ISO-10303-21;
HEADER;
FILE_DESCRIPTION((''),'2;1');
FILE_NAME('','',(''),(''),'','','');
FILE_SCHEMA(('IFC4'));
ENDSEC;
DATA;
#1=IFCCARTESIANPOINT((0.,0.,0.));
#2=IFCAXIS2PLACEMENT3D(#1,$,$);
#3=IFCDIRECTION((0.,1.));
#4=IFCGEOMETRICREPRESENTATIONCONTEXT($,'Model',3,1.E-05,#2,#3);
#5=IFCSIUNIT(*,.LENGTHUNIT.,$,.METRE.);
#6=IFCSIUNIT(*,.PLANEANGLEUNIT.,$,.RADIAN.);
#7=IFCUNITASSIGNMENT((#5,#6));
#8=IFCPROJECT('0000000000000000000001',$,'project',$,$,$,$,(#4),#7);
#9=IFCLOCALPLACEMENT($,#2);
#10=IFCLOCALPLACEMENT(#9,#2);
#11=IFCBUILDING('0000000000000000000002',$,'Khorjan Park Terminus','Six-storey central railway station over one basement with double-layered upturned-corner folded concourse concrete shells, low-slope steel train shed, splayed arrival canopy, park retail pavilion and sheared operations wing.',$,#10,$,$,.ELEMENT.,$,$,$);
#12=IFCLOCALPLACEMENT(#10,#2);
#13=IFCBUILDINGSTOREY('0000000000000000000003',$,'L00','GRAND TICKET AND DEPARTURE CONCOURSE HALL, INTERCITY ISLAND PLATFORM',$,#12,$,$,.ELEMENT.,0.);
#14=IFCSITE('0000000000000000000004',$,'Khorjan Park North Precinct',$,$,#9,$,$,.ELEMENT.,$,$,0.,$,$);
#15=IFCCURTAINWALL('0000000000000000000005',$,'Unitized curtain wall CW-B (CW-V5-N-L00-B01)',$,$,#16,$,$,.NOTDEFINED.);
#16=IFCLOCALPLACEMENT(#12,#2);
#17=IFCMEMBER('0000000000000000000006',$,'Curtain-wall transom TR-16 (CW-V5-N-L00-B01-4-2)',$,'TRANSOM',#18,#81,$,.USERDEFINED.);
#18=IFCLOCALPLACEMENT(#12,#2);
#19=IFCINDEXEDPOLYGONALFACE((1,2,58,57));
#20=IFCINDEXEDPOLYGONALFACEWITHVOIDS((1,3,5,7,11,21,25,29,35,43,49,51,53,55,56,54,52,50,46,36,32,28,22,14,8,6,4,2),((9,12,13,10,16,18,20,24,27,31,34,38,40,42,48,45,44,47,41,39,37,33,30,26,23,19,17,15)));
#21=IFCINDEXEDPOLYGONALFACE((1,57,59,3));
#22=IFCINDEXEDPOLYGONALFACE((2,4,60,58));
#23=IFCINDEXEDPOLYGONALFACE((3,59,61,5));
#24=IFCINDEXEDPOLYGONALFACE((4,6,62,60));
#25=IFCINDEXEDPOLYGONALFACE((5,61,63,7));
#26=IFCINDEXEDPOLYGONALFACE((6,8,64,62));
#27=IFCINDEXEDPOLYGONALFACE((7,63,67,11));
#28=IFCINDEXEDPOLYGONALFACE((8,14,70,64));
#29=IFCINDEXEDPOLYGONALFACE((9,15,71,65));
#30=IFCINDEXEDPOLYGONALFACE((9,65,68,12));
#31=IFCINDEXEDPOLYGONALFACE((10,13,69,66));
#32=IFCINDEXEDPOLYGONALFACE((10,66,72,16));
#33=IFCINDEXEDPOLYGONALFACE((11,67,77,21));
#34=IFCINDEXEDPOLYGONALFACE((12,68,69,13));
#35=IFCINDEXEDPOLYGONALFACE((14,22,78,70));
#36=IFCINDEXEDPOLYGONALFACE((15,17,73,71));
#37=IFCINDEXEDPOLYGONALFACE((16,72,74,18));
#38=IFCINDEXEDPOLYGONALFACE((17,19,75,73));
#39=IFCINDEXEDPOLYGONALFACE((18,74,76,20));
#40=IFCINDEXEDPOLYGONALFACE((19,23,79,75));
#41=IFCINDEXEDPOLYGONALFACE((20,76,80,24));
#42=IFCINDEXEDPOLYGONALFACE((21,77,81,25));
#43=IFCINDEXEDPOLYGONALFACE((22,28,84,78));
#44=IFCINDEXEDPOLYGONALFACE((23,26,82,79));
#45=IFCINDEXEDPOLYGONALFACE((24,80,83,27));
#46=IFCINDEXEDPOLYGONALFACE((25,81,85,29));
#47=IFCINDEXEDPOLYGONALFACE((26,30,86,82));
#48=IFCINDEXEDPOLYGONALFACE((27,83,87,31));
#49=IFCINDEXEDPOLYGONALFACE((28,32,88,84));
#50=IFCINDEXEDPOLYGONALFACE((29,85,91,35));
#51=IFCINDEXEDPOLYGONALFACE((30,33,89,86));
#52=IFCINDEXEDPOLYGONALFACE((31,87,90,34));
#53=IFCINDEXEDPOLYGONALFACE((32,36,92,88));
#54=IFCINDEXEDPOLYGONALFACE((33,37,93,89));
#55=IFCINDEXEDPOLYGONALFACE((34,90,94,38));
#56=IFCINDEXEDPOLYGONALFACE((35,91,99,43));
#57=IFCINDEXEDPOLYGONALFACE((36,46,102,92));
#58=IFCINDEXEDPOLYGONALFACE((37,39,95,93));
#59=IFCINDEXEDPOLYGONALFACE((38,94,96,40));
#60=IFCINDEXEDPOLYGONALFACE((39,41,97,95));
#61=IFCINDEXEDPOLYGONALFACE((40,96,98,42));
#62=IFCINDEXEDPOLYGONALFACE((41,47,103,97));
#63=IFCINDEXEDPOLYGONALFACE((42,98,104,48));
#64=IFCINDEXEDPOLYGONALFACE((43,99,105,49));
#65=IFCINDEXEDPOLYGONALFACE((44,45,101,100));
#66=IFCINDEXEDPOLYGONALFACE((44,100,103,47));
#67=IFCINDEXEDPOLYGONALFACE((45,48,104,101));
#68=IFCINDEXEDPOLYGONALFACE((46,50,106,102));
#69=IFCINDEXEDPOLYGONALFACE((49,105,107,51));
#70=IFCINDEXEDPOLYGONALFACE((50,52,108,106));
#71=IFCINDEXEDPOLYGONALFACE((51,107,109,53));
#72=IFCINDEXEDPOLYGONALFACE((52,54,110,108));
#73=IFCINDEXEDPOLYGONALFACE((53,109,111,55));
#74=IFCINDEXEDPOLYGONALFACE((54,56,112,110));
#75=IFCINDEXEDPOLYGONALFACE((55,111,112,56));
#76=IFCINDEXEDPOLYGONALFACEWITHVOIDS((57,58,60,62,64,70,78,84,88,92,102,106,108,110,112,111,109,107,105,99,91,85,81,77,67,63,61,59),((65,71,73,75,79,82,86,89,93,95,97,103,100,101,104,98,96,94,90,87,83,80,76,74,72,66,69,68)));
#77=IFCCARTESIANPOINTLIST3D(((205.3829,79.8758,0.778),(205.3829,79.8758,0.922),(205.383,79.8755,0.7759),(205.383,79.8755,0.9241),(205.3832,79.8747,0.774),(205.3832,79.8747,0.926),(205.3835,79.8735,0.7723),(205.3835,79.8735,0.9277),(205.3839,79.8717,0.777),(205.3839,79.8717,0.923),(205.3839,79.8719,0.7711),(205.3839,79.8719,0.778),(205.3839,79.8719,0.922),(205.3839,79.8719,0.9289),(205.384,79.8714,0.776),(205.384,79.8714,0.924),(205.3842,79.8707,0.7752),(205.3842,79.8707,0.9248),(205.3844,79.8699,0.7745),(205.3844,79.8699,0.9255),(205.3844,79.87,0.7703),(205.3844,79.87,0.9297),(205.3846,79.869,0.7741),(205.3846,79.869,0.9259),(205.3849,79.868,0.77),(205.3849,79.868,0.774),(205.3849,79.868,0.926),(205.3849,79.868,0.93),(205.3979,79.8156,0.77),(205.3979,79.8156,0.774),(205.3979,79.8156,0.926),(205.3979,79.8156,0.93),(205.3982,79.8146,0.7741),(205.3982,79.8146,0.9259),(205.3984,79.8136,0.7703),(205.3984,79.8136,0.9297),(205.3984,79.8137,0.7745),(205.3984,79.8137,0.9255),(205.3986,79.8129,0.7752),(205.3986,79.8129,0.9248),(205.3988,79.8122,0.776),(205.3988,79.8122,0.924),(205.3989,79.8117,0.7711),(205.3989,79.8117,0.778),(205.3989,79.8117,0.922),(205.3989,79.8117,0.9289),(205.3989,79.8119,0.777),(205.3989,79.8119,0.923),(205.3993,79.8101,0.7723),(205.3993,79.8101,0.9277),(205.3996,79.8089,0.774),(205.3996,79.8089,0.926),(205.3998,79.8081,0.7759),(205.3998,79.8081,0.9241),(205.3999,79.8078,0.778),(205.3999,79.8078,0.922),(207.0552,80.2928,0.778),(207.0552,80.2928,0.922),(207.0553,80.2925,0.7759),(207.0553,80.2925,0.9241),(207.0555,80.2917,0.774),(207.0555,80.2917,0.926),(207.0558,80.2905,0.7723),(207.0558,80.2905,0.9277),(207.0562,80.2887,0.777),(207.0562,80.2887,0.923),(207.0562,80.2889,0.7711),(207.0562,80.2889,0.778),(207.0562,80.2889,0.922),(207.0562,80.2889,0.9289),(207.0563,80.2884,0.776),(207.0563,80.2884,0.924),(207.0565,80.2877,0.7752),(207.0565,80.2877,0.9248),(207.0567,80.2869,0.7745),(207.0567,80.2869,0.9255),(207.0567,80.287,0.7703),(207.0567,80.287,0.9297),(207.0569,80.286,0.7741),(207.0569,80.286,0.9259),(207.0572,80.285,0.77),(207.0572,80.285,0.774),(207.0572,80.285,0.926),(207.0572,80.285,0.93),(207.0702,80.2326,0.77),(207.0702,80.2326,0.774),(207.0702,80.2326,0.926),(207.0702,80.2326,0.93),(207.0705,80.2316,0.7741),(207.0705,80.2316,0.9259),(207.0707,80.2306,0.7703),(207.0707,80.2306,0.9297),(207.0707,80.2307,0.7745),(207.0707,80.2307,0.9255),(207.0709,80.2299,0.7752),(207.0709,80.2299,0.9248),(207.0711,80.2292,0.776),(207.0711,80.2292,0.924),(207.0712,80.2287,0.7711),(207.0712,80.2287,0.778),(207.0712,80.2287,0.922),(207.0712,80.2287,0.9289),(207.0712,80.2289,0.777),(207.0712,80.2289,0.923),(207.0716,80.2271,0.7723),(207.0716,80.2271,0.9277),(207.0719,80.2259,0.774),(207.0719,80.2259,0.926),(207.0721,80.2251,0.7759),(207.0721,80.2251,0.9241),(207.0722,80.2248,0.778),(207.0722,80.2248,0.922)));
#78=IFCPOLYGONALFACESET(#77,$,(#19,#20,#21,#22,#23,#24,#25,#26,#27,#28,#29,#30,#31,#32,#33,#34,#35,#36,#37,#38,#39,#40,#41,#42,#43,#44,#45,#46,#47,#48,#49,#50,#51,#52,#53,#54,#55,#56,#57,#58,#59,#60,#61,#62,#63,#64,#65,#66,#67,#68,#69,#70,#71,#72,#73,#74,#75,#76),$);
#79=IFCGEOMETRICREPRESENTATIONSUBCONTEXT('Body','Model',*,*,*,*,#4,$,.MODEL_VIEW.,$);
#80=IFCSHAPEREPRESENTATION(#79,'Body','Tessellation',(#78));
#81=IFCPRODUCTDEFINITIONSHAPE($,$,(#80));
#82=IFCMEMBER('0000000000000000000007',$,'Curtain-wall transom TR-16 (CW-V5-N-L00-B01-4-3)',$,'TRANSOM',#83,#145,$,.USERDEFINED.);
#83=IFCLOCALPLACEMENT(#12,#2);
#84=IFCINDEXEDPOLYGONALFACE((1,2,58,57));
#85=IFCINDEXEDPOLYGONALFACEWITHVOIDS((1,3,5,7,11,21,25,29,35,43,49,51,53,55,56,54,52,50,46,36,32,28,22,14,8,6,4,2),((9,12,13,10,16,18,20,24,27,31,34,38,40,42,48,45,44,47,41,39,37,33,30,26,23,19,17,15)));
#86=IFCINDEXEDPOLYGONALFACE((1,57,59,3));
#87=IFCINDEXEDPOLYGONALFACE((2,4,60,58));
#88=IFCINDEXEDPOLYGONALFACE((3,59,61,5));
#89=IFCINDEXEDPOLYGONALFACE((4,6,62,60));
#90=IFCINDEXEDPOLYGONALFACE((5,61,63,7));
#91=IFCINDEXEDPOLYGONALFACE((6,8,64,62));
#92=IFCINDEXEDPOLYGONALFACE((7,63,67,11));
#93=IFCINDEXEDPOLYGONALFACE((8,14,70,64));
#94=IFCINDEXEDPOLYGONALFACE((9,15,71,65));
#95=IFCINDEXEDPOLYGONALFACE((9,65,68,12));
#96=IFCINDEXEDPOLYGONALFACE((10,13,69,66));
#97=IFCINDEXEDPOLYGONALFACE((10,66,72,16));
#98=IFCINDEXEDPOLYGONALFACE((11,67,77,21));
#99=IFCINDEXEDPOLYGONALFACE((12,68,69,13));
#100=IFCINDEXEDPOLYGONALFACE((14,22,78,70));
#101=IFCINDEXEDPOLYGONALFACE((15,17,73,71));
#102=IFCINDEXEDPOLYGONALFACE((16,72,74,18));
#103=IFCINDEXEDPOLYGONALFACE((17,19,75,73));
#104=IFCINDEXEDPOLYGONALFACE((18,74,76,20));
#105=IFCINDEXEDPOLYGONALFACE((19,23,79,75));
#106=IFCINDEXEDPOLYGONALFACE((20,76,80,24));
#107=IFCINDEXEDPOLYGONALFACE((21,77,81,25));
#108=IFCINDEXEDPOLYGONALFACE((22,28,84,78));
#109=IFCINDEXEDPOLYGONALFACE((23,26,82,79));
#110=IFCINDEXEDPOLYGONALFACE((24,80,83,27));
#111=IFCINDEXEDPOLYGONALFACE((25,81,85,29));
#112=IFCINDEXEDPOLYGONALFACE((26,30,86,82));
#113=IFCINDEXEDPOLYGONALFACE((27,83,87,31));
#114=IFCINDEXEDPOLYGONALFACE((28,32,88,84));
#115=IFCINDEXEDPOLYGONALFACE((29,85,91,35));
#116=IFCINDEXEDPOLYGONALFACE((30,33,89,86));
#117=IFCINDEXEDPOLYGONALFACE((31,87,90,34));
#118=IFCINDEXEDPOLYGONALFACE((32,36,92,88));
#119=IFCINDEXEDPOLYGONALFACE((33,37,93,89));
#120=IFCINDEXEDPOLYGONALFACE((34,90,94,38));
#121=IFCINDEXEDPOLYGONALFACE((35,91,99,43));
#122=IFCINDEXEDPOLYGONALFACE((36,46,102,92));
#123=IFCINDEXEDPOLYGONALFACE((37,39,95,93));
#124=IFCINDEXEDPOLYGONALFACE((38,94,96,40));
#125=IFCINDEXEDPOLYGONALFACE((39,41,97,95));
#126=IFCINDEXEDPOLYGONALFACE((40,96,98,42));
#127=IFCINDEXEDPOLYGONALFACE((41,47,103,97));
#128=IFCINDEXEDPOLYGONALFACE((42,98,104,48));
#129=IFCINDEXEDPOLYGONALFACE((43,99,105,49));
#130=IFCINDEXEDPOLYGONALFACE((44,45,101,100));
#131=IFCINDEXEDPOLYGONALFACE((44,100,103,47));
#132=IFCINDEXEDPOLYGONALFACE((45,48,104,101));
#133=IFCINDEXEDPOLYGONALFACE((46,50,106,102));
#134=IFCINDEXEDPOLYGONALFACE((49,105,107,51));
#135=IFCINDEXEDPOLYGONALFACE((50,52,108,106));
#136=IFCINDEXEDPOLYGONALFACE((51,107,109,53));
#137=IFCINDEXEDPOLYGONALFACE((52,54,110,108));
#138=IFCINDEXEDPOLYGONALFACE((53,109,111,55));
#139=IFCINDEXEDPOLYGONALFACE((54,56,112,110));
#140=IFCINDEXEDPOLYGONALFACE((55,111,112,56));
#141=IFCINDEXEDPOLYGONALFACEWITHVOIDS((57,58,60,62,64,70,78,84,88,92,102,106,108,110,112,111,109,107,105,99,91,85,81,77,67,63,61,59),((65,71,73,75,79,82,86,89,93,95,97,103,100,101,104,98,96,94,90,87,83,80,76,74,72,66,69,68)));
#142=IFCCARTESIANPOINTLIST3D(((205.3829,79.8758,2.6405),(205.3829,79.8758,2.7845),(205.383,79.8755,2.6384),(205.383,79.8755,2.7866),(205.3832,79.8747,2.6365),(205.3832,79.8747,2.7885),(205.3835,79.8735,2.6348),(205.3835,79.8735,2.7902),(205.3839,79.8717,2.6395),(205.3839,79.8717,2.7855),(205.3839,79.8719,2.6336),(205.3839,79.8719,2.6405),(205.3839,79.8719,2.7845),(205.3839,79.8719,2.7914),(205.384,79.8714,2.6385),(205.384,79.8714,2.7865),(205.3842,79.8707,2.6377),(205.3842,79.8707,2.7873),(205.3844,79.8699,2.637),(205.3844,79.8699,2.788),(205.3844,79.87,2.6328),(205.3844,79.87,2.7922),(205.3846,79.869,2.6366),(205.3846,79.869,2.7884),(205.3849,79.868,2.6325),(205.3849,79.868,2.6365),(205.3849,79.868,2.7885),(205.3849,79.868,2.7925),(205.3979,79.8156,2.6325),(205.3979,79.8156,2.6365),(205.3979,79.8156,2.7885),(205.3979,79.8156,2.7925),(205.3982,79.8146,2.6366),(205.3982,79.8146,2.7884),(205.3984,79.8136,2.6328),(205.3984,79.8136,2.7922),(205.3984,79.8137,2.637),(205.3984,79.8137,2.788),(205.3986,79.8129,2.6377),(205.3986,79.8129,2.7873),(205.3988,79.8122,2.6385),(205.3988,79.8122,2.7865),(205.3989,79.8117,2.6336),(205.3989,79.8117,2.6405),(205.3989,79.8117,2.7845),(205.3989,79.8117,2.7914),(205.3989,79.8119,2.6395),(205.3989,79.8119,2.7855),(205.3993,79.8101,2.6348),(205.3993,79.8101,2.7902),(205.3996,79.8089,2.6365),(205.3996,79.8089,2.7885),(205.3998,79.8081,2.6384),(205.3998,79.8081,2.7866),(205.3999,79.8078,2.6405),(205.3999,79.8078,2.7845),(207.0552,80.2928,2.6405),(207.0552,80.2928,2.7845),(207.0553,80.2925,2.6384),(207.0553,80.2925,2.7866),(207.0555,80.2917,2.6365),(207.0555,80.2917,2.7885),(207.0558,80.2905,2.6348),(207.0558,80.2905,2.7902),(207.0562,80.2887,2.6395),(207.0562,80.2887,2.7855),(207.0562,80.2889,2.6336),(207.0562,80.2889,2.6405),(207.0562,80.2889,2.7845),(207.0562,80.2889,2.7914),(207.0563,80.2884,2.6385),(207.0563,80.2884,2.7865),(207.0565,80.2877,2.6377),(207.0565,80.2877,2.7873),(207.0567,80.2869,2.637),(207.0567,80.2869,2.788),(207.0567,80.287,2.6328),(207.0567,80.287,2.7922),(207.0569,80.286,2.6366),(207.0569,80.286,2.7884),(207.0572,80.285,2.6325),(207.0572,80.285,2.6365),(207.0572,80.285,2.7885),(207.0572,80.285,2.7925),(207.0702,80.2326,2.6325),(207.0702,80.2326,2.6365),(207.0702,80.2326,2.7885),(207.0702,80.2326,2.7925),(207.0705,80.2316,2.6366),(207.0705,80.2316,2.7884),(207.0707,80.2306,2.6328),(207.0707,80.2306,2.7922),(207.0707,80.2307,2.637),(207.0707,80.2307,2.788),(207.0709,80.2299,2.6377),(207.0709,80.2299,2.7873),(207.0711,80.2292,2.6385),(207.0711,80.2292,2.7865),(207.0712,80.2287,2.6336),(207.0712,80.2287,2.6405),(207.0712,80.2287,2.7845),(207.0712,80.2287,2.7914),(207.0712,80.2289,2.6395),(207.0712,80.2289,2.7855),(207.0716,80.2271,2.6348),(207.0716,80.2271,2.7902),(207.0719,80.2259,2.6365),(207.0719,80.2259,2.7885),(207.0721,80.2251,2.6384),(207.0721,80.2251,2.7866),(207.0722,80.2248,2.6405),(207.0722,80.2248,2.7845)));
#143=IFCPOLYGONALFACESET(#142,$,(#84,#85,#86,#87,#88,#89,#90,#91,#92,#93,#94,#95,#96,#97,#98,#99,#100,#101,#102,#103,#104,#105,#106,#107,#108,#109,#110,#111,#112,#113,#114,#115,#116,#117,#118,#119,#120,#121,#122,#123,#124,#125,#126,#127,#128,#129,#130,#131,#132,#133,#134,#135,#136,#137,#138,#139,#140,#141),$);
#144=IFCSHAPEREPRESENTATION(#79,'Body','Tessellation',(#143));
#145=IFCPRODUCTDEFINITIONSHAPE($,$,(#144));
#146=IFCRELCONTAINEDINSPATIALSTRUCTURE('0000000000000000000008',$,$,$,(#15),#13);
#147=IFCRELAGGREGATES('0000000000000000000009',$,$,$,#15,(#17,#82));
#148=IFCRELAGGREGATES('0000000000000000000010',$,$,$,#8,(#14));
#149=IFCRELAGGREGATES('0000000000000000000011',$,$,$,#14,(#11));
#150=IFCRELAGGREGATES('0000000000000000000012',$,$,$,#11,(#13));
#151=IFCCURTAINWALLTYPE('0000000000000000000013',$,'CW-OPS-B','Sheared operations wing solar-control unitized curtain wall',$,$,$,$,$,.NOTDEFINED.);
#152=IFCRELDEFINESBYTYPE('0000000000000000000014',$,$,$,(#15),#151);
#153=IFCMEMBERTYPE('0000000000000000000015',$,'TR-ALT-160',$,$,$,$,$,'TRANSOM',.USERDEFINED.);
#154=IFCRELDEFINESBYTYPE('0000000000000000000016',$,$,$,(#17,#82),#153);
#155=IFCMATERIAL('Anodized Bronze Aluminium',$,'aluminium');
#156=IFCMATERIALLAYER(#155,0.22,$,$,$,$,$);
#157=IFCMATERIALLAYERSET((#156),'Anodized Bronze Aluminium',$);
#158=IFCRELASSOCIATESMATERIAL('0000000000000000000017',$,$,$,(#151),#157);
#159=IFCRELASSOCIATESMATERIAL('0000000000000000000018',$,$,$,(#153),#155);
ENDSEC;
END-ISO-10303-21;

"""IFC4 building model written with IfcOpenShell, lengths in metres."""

from ifc_helpers import new_model, si_unit, direction, frame, origin, origin_2d, place, context, subcontext, project, spatial, hollow_rectangle, extrude, material, layer, layer_set, material_profile, profile_set, type_object, element, aggregate, save


model = new_model("IFC4")

# Units and contexts
model_context = context("Model", 3, precision=1e-05, world=origin(), true_north=direction((0.0, 1.0)))
body_context = subcontext(model_context, "Body", "Model", "MODEL_VIEW")
ifc_project = project(units=[si_unit("LENGTHUNIT", "METRE"), si_unit("PLANEANGLEUNIT", "RADIAN")], contexts=[model_context])

# Site, building, storey
site_placement = place(None, origin())
site = spatial("IfcSite", under=ifc_project, at=site_placement, Name="Khorjan Park North Precinct", CompositionType="ELEMENT", RefElevation=0.0)
building_placement = place(site_placement, origin())
building = spatial("IfcBuilding", under=site, at=building_placement, Name="Khorjan Park Terminus", Description="Six-storey central railway station over one basement with double-layered upturned-corner folded concourse concrete shells, low-slope steel train shed, splayed arrival canopy, park retail pavilion and sheared operations wing.", CompositionType="ELEMENT")
storey_placement = place(building_placement, origin())
storey = spatial("IfcBuildingStorey", under=building, at=storey_placement, Name="L00", Description="GRAND TICKET AND DEPARTURE CONCOURSE HALL, INTERCITY ISLAND PLATFORM", CompositionType="ELEMENT", Elevation=0.0)

# Curtain wall, members
ifc_material_1 = material(Name="Anodized Bronze Aluminium", Category="aluminium")
ifc_layer_1 = layer(ifc_material_1, 0.22)
ifc_layer_set_1 = layer_set([ifc_layer_1], Name="Anodized Bronze Aluminium")
curtain_wall_type = type_object("IfcCurtainWallType", Name="CW-OPS-B", Description="Sheared operations wing solar-control unitized curtain wall", PredefinedType="NOTDEFINED", material=ifc_layer_set_1)
curtain_wall_placement = place(storey_placement, origin())
curtain_wall = element("IfcCurtainWall", 1, at=curtain_wall_placement, inside=storey, type_object=curtain_wall_type, Name="Unitized curtain wall CW-B (CW-V5-N-L00-B01)", PredefinedType="NOTDEFINED")
ifc_material_profile_1 = material_profile(ifc_material_1, hollow_rectangle(XDim=0.07, YDim=0.16, WallThickness=0.004, InnerFilletRadius=0.004, OuterFilletRadius=0.008, at=origin_2d()), Name="ALT 70x160x4")
ifc_profile_set_1 = profile_set([ifc_material_profile_1], Name="Anodized Bronze Aluminium")
member_type_1 = type_object("IfcMemberType", Name="TR-ALT-160", ElementType="TRANSOM", PredefinedType="USERDEFINED", material=ifc_profile_set_1)
member_1_placement = place(storey_placement, frame((207.0637, 80.2588, 0.85), z_axis=(-0.970289, -0.241949, 0.0), x_axis=(0.241949, -0.970289, 0.0)))
member_1 = element("IfcMember", 2, at=member_1_placement, type_object=member_type_1, Name="Curtain-wall transom TR-16 (CW-V5-N-L00-B01-4-2)", ObjectType="TRANSOM", PredefinedType="USERDEFINED", context=body_context, shape_type="SweptSolid", body=[
    extrude(hollow_rectangle(XDim=0.07, YDim=0.16, WallThickness=0.004, InnerFilletRadius=0.004, OuterFilletRadius=0.008, at=origin_2d()), origin(), (0.0, 0.0, 1.0), 1.7235),
])
member_2_placement = place(storey_placement, frame((207.0637, 80.2588, 2.7125), z_axis=(-0.970289, -0.241949, 0.0), x_axis=(0.241949, -0.970289, 0.0)))
member_2 = element("IfcMember", 3, at=member_2_placement, type_object=member_type_1, Name="Curtain-wall transom TR-16 (CW-V5-N-L00-B01-4-3)", ObjectType="TRANSOM", PredefinedType="USERDEFINED", context=body_context, shape_type="SweptSolid", body=[
    extrude(hollow_rectangle(XDim=0.07, YDim=0.16, WallThickness=0.004, InnerFilletRadius=0.004, OuterFilletRadius=0.008, at=origin_2d()), origin(), (0.0, 0.0, 1.0), 1.7235),
])
aggregate(curtain_wall, [member_1, member_2])

save(model, "model.ifc")
